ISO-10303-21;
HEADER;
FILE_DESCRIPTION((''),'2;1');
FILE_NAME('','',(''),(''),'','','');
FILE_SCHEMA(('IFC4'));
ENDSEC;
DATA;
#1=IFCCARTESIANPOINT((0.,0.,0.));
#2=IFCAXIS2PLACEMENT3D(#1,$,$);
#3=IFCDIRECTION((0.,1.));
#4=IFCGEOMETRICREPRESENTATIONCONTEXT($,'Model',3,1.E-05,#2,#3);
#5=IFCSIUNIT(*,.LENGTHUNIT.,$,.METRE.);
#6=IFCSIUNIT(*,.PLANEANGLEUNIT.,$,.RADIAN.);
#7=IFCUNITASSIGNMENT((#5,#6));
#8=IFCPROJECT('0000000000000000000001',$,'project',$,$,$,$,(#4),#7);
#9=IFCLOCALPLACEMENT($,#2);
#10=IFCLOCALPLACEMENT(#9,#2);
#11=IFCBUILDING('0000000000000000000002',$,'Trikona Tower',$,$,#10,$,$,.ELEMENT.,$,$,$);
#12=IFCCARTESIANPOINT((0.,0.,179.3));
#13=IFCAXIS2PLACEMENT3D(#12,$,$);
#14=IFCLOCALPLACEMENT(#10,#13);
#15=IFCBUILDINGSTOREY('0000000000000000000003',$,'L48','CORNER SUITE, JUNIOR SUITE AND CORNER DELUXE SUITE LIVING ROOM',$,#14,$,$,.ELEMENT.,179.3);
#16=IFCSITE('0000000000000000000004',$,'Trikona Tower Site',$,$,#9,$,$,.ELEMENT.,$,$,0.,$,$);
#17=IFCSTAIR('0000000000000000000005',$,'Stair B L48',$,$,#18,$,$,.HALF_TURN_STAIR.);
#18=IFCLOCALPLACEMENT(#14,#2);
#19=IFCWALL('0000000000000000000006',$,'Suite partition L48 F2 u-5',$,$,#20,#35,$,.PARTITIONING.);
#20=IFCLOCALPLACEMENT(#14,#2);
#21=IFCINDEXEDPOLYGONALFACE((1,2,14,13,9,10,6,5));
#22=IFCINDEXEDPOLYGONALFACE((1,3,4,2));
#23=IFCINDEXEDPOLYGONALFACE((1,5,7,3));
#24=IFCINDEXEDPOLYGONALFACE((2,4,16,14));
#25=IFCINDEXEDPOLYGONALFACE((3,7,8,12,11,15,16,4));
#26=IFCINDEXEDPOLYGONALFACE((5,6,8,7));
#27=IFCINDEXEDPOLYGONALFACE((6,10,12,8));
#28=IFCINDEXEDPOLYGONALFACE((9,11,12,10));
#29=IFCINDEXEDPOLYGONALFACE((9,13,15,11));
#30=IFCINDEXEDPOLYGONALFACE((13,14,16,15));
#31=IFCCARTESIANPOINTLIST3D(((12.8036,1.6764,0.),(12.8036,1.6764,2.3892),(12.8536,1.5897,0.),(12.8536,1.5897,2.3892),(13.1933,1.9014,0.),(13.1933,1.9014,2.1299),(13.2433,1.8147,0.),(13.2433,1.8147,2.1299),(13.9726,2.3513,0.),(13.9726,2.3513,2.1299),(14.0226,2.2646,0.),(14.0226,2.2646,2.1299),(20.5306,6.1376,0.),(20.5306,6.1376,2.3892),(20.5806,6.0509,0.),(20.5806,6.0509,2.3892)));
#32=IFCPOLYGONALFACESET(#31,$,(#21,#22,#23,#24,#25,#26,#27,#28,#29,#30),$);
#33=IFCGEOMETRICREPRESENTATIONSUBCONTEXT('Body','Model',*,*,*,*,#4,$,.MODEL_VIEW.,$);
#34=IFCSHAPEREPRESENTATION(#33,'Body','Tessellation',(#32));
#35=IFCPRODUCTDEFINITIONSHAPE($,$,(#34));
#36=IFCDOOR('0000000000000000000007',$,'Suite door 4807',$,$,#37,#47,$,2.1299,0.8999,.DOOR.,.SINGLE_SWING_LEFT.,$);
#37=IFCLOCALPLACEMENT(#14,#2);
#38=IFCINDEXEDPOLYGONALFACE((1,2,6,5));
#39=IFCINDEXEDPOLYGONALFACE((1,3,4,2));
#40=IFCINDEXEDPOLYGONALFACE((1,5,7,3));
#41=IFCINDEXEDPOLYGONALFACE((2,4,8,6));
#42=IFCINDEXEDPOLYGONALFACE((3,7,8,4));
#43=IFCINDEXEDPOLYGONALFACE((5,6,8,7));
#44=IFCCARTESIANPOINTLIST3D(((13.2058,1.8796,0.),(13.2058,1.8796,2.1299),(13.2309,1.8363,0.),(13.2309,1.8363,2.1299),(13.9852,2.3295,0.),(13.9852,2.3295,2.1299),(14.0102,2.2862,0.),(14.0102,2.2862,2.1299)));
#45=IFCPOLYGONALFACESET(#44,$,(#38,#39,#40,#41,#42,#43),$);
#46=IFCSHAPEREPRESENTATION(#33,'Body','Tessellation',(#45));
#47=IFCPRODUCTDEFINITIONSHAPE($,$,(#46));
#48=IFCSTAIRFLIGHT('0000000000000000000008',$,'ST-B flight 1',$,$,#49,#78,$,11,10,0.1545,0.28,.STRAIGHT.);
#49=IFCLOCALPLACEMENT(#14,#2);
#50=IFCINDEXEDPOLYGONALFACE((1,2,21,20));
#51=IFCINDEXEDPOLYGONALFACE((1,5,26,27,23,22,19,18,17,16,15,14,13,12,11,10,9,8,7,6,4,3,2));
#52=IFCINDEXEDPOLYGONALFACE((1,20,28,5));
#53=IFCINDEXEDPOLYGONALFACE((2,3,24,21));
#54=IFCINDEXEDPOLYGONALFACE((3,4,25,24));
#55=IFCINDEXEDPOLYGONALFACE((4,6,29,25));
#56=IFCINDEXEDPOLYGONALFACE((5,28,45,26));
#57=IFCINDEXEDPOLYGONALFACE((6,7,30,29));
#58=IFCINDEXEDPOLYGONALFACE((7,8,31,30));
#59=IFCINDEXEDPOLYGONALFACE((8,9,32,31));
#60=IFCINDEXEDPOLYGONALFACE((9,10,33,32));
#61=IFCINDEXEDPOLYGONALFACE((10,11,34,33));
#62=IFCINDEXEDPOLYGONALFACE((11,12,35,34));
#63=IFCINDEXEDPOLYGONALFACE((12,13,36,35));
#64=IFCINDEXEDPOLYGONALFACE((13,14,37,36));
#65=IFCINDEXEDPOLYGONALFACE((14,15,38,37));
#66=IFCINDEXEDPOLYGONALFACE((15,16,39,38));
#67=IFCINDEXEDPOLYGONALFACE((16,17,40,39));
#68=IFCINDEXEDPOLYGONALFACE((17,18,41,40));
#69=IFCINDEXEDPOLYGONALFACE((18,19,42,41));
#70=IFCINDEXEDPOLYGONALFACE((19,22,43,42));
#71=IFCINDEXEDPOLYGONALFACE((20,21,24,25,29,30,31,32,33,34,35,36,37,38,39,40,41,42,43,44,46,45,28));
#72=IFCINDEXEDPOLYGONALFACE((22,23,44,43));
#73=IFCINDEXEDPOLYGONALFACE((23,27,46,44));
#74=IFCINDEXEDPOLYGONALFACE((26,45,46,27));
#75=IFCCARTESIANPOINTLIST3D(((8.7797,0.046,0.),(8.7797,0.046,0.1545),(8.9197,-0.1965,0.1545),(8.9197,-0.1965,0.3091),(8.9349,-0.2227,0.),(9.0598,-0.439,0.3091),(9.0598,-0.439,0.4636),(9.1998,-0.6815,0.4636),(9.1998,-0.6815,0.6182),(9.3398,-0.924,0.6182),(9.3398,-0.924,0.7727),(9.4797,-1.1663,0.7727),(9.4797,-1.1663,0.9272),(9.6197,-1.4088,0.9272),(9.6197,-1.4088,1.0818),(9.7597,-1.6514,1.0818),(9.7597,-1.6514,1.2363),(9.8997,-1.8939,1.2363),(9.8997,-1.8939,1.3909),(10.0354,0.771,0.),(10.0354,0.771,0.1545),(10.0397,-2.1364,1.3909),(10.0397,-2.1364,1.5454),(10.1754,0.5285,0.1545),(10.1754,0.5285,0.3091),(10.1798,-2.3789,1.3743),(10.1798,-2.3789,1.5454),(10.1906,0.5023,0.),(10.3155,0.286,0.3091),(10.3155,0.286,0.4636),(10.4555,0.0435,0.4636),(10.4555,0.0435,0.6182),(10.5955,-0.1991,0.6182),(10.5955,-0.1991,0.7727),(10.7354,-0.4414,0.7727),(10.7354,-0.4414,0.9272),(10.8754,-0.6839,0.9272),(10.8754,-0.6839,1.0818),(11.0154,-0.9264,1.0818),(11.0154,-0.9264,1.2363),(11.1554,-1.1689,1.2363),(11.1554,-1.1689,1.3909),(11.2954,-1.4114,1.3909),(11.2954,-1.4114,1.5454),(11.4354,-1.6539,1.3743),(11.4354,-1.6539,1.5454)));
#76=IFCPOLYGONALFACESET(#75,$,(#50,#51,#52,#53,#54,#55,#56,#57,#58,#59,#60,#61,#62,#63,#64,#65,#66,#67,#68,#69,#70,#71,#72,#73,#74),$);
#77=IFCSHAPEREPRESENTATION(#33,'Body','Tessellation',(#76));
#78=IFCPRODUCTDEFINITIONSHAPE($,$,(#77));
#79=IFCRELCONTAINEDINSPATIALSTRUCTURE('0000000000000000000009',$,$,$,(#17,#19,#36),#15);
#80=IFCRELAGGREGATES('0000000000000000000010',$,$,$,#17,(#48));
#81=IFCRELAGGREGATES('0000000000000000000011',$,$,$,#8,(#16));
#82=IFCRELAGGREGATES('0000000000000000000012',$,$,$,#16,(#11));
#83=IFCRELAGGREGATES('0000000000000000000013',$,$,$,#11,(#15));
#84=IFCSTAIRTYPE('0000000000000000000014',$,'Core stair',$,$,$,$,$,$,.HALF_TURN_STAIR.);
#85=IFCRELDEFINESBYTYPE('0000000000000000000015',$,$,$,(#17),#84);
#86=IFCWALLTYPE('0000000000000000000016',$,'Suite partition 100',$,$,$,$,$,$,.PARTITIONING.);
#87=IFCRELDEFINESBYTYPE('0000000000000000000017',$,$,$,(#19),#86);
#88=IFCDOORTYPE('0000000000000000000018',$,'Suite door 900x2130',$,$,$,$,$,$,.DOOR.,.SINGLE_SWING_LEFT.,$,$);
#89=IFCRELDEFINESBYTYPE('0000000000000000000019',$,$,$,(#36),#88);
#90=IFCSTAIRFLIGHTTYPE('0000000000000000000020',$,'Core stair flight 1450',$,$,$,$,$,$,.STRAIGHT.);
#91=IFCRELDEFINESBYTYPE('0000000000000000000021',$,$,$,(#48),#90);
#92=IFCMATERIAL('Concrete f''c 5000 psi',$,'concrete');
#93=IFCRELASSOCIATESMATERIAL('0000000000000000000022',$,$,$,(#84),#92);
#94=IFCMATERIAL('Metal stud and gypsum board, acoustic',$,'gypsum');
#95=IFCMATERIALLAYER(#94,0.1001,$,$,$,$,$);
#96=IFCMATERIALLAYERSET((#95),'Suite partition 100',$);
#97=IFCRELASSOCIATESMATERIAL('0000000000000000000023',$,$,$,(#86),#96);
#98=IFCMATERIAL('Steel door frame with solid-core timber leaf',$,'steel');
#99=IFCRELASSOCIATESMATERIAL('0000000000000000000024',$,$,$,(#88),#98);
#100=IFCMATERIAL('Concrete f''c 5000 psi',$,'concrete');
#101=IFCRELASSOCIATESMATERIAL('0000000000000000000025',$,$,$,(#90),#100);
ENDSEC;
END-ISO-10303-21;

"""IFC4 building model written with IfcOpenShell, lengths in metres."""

from ifc_helpers import new_model, si_unit, direction, frame, frame_2d, origin, place, context, subcontext, project, spatial, polyline, rectangle, outline, extrude, material, layer, layer_set, type_object, element, fill, aggregate, save


model = new_model("IFC4")

# Units and contexts
model_context = context("Model", 3, precision=1e-05, world=origin(), true_north=direction((0.0, 1.0)))
body_context = subcontext(model_context, "Body", "Model", "MODEL_VIEW")
ifc_project = project(units=[si_unit("LENGTHUNIT", "METRE"), si_unit("PLANEANGLEUNIT", "RADIAN")], contexts=[model_context])

# Site, building, storey
site_placement = place(None, origin())
site = spatial("IfcSite", under=ifc_project, at=site_placement, Name="Trikona Tower Site", CompositionType="ELEMENT", RefElevation=0.0)
building_placement = place(site_placement, origin())
building = spatial("IfcBuilding", under=site, at=building_placement, Name="Trikona Tower", CompositionType="ELEMENT")
storey_placement = place(building_placement, frame((0.0, 0.0, 179.3)))
storey = spatial("IfcBuildingStorey", under=building, at=storey_placement, Name="L48", Description="CORNER SUITE, JUNIOR SUITE AND CORNER DELUXE SUITE LIVING ROOM", CompositionType="ELEMENT", Elevation=179.3)

# Stair
ifc_material_1 = material(Name="Concrete f'c 5000 psi", Category="concrete")
stair_type = type_object("IfcStairType", Name="Core stair", PredefinedType="HALF_TURN_STAIR", material=ifc_material_1)
stair_1_placement = place(storey_placement, origin())
stair_1 = element("IfcStair", 1, at=stair_1_placement, inside=storey, type_object=stair_type, Name="Stair B L48", PredefinedType="HALF_TURN_STAIR")

# Wall, opening, door
ifc_material_2 = material(Name="Metal stud and gypsum board, acoustic", Category="gypsum")
ifc_layer_1 = layer(ifc_material_2, 0.1001)
ifc_layer_set_1 = layer_set([ifc_layer_1], Name="Suite partition 100")
wall_type_1 = type_object("IfcWallType", Name="Suite partition 100", PredefinedType="PARTITIONING", material=ifc_layer_set_1)
wall_1_placement = place(storey_placement, frame((12.8286, 1.6331, 0.0), z_axis=(0.0, 0.0, 1.0), x_axis=(0.866027, 0.499997, 0.0)))
wall_1 = element("IfcWall", 2, at=wall_1_placement, inside=storey, type_object=wall_type_1, Name="Suite partition L48 F2 u-5", PredefinedType="PARTITIONING", context=body_context, shape_type="SweptSolid", body=[
    extrude(rectangle(XDim=8.9224, YDim=0.1001, at=frame_2d((4.4612, 0.0))), origin(), (0.0, 0.0, 1.0), 2.3892),
])
opening_1_placement = place(wall_1_placement, frame((0.45, 0.0, 0.0)))
opening_1 = element("IfcOpeningElement", 3, at=opening_1_placement, cuts=wall_1, PredefinedType="OPENING", context=body_context, shape_type="SweptSolid", body=[
    extrude(rectangle(XDim=0.8999, YDim=2.1299, at=frame_2d((0.45, 1.0649))), frame((0.0, 0.0601, 0.0), z_axis=(0.0, -1.0, 0.0), x_axis=(1.0, 0.0, 0.0)), (0.0, 0.0, 1.0), 0.1201),
])
ifc_material_3 = material(Name="Steel door frame with solid-core timber leaf", Category="steel")
door_type_1 = type_object("IfcDoorType", Name="Suite door 900x2130", OperationType="SINGLE_SWING_LEFT", PredefinedType="DOOR", material=ifc_material_3)
door_1_placement = place(opening_1_placement, origin())
door_1 = element("IfcDoor", 4, at=door_1_placement, inside=storey, type_object=door_type_1, Name="Suite door 4807", OperationType="SINGLE_SWING_LEFT", OverallHeight=2.1299, OverallWidth=0.8999, PredefinedType="DOOR", context=body_context, shape_type="SweptSolid", body=[
    extrude(rectangle(XDim=0.8999, YDim=2.1299, at=frame_2d((0.45, 1.0649))), frame((0.0, 0.0249, 0.0), z_axis=(0.0, -1.0, 0.0), x_axis=(1.0, 0.0, 0.0)), (0.0, 0.0, 1.0), 0.05),
])
fill(opening_1, door_1)

# Stair flight
ifc_material_4 = material(Name="Concrete f'c 5000 psi", Category="concrete")
stair_flight_type = type_object("IfcStairFlightType", Name="Core stair flight 1450", PredefinedType="STRAIGHT", material=ifc_material_4)
stair_flight_placement = place(storey_placement, frame((9.4075, 0.4084, 0.0), z_axis=(0.0, 0.0, 1.0), x_axis=(0.5, -0.866025, 0.0)))
stair_flight = element("IfcStairFlight", 5, at=stair_flight_placement, type_object=stair_flight_type, Name="ST-B flight 1", NumberOfRisers=11, NumberOfTreads=10, PredefinedType="STRAIGHT", RiserHeight=0.1545, TreadLength=0.28, context=body_context, shape_type="SweptSolid", body=[
    extrude(outline(polyline([(0.0, 0.0), (0.0, 0.1545), (0.28, 0.1545), (0.28, 0.3091), (0.5601, 0.3091), (0.5601, 0.4636), (0.8401, 0.4636), (0.8401, 0.6182), (1.1201, 0.6182), (1.1201, 0.7727), (1.3999, 0.7727), (1.3999, 0.9272), (1.6799, 0.9272), (1.6799, 1.0818), (1.96, 1.0818), (1.96, 1.2363), (2.24, 1.2363), (2.24, 1.3909), (2.52, 1.3909), (2.52, 1.5454), (2.8, 1.5454), (2.8, 1.7), (2.8, 1.3743), (0.3103, 0.0), (0.0, 0.0)])), frame((0.0, 0.7251, 0.0), z_axis=(0.0, -1.0, 0.0), x_axis=(1.0, 0.0, 0.0)), (0.0, 0.0, 1.0), 1.45),
])
aggregate(stair_1, [stair_flight])

save(model, "model.ifc")
